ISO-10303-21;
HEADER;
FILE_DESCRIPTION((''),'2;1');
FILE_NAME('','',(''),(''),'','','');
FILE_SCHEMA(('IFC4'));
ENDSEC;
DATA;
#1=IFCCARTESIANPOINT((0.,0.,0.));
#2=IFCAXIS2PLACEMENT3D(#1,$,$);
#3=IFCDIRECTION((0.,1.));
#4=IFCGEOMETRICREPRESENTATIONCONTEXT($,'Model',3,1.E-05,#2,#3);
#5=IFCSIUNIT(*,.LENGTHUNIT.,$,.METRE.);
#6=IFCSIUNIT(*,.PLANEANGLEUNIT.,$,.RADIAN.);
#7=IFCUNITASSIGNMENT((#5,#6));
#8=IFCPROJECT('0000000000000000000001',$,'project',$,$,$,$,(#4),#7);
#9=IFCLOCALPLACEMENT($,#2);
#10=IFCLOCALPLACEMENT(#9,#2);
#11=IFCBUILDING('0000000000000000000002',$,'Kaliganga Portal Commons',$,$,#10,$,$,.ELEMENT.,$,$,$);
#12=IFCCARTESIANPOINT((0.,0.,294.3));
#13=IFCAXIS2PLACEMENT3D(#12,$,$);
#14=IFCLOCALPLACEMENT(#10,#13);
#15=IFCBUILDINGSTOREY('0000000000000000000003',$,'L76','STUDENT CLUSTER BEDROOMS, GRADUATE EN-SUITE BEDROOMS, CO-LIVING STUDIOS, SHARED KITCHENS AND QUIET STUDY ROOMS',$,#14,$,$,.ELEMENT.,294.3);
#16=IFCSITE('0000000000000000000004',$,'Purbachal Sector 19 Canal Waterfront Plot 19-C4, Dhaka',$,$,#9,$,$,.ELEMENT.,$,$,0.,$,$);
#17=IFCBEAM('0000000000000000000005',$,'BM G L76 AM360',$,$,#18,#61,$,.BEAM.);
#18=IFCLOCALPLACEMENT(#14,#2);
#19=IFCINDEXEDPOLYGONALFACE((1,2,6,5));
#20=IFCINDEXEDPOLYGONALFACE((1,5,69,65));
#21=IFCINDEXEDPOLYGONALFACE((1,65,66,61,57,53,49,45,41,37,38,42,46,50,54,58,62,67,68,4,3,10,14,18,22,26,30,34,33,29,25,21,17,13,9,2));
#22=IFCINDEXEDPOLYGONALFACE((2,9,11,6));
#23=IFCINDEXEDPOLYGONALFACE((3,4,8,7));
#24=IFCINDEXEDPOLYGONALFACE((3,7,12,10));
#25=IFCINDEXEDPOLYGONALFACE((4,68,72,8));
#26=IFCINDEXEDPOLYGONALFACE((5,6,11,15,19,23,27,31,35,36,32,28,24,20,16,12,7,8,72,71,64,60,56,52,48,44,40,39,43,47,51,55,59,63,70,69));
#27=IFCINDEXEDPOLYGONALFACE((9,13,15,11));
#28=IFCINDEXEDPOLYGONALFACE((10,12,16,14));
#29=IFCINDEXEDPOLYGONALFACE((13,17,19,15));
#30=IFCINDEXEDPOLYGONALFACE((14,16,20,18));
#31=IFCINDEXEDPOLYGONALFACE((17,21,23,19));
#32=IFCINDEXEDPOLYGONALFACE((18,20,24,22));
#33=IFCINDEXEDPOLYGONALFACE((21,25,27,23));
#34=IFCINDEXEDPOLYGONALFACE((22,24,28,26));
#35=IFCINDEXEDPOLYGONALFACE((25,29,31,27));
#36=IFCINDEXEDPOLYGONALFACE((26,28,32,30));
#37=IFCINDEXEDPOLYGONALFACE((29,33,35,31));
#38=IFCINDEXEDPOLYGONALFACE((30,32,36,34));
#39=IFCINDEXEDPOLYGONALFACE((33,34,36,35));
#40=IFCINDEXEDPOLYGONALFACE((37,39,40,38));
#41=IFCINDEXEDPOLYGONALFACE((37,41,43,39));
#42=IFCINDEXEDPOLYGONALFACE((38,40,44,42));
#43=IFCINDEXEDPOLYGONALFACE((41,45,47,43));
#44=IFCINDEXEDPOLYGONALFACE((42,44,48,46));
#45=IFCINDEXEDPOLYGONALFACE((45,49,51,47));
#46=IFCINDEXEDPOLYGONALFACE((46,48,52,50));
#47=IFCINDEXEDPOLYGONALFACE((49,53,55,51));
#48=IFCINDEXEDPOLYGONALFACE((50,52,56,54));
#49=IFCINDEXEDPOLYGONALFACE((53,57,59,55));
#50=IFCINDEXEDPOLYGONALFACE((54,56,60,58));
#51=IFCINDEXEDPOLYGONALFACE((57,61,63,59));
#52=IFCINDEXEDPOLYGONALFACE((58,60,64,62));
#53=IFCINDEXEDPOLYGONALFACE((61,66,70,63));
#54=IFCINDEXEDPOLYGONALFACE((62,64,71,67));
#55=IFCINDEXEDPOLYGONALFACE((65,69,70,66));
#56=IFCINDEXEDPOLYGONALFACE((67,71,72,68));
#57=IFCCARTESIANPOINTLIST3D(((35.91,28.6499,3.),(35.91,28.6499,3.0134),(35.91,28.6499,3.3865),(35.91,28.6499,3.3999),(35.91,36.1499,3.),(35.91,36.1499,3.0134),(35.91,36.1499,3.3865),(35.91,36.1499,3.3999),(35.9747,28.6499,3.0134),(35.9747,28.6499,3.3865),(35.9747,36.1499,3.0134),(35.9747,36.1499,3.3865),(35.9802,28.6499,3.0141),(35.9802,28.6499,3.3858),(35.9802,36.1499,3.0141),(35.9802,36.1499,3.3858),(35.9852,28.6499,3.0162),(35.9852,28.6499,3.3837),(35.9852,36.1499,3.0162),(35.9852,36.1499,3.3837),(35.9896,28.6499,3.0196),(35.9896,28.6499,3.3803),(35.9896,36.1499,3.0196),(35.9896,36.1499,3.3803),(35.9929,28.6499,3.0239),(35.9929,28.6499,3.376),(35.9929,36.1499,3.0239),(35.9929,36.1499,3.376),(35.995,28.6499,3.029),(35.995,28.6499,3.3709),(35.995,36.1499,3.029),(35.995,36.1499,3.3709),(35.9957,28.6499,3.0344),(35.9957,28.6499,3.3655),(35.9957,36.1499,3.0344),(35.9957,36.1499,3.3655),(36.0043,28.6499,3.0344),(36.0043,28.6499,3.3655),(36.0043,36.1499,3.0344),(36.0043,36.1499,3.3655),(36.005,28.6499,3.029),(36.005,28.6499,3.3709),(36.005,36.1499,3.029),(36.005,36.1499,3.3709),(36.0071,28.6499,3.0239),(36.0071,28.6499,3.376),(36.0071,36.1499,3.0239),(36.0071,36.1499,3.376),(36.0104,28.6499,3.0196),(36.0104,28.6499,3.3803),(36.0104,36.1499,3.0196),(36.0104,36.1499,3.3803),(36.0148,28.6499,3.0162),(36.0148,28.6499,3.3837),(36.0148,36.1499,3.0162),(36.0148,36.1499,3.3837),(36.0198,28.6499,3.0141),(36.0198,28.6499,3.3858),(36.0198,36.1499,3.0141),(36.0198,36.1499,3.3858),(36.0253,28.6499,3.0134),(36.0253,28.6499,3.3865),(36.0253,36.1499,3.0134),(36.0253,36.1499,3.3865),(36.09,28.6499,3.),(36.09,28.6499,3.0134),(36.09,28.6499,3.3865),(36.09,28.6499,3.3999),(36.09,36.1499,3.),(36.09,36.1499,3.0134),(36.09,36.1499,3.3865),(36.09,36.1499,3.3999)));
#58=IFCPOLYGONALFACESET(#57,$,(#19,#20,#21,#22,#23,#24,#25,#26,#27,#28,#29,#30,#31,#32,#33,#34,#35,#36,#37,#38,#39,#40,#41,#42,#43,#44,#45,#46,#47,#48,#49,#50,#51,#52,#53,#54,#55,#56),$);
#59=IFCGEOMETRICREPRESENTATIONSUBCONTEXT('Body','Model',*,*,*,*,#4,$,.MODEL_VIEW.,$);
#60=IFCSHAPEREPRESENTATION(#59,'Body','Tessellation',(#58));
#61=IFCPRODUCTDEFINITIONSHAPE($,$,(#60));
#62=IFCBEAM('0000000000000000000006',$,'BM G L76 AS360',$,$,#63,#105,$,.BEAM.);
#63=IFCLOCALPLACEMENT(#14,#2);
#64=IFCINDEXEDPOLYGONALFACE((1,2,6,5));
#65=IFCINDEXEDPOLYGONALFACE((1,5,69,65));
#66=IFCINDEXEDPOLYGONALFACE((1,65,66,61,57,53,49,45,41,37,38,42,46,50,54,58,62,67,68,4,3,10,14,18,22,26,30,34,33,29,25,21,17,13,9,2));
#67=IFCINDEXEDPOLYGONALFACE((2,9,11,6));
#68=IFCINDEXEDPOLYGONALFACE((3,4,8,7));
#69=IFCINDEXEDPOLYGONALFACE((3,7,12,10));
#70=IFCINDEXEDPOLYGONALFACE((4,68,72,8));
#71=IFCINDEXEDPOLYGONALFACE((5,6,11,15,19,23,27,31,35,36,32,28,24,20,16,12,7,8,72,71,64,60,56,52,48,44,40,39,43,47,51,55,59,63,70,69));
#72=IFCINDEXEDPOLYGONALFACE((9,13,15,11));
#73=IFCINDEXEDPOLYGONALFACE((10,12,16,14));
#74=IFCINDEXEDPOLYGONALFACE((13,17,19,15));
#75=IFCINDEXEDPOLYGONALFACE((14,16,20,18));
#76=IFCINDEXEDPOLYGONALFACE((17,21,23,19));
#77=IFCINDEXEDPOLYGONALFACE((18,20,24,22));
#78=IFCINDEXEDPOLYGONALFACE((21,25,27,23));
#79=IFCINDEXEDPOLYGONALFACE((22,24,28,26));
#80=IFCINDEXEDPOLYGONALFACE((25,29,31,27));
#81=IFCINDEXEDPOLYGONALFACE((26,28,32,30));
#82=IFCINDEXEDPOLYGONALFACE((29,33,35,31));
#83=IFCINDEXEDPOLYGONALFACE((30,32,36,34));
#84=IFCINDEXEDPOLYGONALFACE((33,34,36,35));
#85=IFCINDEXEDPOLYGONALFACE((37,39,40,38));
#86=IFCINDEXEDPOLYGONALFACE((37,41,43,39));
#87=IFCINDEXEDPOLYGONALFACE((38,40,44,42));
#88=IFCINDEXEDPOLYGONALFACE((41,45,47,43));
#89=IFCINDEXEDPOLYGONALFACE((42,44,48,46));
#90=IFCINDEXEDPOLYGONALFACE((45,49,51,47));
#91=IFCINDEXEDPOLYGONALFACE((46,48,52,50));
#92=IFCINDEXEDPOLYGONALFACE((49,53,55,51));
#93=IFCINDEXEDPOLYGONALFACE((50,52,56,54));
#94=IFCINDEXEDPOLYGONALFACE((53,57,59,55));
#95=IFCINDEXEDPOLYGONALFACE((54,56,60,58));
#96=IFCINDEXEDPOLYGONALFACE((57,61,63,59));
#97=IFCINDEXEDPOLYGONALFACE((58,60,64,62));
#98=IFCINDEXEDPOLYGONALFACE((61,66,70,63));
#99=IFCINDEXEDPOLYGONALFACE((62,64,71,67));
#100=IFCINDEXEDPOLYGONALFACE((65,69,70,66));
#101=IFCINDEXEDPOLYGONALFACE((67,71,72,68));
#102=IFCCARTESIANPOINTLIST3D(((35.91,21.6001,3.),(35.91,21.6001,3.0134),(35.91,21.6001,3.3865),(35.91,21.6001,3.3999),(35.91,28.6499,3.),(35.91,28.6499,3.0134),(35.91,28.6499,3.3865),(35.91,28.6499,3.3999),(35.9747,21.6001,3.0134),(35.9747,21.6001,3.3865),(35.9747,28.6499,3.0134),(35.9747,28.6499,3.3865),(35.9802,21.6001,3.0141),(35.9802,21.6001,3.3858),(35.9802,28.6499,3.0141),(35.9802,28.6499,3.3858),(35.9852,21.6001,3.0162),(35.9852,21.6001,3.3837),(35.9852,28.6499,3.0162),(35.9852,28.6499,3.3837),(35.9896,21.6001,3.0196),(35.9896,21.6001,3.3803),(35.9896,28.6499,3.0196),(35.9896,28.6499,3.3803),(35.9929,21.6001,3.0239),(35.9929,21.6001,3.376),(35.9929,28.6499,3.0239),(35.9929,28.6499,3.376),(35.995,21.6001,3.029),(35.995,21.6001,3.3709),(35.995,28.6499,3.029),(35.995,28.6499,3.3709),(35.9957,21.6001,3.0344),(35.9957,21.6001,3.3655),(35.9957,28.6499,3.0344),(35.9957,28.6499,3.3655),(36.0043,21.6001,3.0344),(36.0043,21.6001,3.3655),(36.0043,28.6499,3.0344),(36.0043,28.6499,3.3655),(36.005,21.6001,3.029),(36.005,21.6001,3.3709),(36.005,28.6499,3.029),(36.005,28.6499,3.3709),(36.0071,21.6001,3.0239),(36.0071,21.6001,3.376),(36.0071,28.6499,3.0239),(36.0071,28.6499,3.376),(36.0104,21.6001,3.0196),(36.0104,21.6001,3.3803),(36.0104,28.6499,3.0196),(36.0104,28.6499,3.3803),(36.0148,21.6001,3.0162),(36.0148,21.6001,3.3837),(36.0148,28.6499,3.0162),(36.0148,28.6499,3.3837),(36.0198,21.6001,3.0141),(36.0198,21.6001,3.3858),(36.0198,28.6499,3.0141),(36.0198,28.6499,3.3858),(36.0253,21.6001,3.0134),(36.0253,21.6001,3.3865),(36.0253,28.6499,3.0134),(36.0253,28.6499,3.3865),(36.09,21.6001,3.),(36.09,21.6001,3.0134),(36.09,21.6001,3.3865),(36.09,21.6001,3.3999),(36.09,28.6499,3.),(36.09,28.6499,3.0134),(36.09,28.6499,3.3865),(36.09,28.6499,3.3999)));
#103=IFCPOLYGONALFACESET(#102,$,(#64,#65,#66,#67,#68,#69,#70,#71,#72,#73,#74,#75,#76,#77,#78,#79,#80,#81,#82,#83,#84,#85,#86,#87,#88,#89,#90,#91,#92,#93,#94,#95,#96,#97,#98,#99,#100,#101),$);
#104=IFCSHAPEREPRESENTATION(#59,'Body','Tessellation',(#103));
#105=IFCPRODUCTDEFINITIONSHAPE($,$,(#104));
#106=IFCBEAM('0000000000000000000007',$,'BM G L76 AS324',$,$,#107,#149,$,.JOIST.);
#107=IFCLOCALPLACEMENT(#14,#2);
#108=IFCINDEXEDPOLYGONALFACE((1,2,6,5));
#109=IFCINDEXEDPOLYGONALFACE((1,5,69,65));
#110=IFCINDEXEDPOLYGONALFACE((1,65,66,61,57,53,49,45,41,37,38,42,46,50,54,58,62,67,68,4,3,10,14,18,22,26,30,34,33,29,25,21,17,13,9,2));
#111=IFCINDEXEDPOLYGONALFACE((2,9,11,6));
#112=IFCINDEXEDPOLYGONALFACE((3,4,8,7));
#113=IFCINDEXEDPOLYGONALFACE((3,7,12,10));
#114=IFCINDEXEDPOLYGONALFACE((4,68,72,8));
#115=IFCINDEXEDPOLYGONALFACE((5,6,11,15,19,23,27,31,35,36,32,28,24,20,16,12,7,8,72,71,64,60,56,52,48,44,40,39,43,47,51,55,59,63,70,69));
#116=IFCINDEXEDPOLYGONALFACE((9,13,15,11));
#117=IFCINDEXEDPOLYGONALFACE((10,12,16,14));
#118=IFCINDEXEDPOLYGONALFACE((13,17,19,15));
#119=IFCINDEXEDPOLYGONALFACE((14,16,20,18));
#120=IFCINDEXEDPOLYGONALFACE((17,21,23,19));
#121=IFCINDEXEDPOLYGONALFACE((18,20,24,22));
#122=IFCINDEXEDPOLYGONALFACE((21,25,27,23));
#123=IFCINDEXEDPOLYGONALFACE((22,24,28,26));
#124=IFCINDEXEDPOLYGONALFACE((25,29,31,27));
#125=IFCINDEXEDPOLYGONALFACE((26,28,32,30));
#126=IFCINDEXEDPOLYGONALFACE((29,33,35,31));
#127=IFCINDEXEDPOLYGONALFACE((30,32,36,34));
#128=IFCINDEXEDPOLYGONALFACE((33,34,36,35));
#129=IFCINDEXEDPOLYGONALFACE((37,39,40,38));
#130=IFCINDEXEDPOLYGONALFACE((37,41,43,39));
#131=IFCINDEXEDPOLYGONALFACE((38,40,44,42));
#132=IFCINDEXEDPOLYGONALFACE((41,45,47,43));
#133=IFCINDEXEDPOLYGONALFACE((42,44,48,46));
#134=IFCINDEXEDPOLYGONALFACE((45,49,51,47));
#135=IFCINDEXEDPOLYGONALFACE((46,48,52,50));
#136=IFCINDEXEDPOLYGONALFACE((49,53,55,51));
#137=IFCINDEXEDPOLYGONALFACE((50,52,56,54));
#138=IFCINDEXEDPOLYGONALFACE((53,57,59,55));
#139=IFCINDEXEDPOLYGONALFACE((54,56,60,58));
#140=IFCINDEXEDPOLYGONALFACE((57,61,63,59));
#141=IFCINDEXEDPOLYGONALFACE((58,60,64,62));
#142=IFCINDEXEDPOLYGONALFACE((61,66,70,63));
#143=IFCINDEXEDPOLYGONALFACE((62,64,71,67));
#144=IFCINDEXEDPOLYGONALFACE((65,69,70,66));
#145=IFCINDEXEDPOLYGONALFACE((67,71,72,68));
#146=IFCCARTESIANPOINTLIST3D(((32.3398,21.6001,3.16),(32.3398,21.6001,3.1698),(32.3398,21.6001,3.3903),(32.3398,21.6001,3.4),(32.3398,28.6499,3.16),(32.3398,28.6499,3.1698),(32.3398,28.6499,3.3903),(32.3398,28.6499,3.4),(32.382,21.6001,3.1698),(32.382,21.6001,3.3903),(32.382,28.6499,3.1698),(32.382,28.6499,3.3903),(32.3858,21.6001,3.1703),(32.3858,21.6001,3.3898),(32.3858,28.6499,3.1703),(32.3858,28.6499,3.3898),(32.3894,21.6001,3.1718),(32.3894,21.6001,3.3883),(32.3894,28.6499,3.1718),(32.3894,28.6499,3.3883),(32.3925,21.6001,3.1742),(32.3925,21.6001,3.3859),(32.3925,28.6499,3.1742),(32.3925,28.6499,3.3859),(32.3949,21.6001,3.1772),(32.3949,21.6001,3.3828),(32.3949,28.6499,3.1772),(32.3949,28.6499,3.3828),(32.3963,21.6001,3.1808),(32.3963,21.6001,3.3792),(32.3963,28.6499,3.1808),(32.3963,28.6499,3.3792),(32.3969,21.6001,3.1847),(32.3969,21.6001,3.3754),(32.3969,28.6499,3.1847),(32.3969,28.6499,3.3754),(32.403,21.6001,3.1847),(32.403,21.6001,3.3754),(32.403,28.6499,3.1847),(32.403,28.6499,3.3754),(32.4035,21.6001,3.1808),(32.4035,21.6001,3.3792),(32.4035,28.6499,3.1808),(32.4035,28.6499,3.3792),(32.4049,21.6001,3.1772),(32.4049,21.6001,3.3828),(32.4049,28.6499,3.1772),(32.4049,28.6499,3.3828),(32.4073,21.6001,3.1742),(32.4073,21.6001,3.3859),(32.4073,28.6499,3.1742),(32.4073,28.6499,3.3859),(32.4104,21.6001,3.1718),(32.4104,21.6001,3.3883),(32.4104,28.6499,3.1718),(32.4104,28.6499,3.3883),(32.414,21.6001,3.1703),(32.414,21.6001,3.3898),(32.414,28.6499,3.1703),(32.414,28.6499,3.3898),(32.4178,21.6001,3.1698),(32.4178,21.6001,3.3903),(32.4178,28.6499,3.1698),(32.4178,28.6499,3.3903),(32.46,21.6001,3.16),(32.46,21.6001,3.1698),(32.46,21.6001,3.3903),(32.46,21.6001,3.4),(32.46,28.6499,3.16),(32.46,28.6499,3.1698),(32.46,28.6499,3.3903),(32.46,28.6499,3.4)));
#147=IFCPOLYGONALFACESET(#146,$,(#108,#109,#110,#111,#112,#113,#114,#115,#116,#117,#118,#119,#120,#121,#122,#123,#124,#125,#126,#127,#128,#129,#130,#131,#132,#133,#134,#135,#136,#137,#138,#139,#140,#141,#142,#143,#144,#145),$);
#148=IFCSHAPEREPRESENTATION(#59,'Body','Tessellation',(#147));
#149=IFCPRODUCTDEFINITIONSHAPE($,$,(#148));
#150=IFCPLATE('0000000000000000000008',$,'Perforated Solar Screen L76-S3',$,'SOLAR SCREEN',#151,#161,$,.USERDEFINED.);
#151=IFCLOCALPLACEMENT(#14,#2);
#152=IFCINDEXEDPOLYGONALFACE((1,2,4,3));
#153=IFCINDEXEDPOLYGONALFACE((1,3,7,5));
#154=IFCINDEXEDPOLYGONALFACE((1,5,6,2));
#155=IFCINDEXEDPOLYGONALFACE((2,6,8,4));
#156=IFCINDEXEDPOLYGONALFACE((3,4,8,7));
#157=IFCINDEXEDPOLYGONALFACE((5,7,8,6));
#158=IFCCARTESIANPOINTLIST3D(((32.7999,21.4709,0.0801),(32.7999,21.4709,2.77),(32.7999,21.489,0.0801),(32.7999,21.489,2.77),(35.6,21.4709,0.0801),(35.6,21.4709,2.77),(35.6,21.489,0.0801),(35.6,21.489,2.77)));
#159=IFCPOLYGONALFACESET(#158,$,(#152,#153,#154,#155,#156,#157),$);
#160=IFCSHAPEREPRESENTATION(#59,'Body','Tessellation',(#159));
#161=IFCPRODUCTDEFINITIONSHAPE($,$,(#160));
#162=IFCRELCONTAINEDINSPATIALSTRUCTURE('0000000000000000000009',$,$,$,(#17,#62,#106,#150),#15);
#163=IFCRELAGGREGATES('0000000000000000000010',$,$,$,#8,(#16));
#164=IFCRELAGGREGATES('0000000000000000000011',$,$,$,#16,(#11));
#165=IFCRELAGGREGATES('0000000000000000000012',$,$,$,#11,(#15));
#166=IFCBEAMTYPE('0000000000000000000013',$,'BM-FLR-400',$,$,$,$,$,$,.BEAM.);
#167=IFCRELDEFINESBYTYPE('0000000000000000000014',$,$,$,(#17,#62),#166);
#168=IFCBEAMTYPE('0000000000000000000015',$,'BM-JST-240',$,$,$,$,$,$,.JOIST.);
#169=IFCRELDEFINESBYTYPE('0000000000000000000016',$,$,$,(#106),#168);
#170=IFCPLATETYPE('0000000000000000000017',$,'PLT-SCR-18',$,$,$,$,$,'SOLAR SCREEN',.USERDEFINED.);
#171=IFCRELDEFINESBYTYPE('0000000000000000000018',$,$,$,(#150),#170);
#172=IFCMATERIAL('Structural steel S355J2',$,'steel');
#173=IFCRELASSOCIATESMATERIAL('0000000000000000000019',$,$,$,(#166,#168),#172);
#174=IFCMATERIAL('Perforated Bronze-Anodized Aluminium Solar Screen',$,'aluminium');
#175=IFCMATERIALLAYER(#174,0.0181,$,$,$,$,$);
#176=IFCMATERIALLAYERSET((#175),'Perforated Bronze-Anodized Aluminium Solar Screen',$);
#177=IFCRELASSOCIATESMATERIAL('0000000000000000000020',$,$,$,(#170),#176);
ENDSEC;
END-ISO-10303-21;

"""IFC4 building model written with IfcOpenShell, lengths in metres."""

from ifc_helpers import new_model, si_unit, direction, frame, origin, origin_2d, place, context, subcontext, project, spatial, rectangle, i_section, extrude, source, transform, mapped, material, layer, layer_set, material_profile, profile_set, type_object, element, save


model = new_model("IFC4")

# Units and contexts
model_context = context("Model", 3, precision=1e-05, world=origin(), true_north=direction((0.0, 1.0)))
body_context = subcontext(model_context, "Body", "Model", "MODEL_VIEW")
ifc_project = project(units=[si_unit("LENGTHUNIT", "METRE"), si_unit("PLANEANGLEUNIT", "RADIAN")], contexts=[model_context])

# Site, building, storey
site_placement = place(None, origin())
site = spatial("IfcSite", under=ifc_project, at=site_placement, Name="Purbachal Sector 19 Canal Waterfront Plot 19-C4, Dhaka", CompositionType="ELEMENT", RefElevation=0.0)
building_placement = place(site_placement, origin())
building = spatial("IfcBuilding", under=site, at=building_placement, Name="Kaliganga Portal Commons", CompositionType="ELEMENT")
storey_placement = place(building_placement, frame((0.0, 0.0, 294.3)))
storey = spatial("IfcBuildingStorey", under=building, at=storey_placement, Name="L76", Description="STUDENT CLUSTER BEDROOMS, GRADUATE EN-SUITE BEDROOMS, CO-LIVING STUDIOS, SHARED KITCHENS AND QUIET STUDY ROOMS", CompositionType="ELEMENT", Elevation=294.3)

# Beams
ifc_material_1 = material(Name="Structural steel S355J2", Category="steel")
ifc_material_profile_1 = material_profile(ifc_material_1, i_section(OverallWidth=0.1799, OverallDepth=0.3999, WebThickness=0.0085, FlangeThickness=0.0134, FilletRadius=0.021, at=origin_2d()), Name="IPE 400")
ifc_profile_set_1 = profile_set([ifc_material_profile_1], Name="Structural steel S355J2 wide-flange")
beam_type_1 = type_object("IfcBeamType", Name="BM-FLR-400", PredefinedType="BEAM", material=ifc_profile_set_1)
shared_shape_1 = source(origin(), body_context, "Body", "SweptSolid", [
    extrude(i_section(OverallWidth=0.1799, OverallDepth=0.3999, WebThickness=0.0085, FlangeThickness=0.0134, FilletRadius=0.021, at=origin_2d()), origin(), (0.0, 0.0, 1.0), 7.5),
])
beam_1_placement = place(storey_placement, frame((36.0, 28.6499, 3.2), z_axis=(0.0, 1.0, 0.0), x_axis=(-1.0, 0.0, 0.0)))
element("IfcBeam", 1, at=beam_1_placement, inside=storey, type_object=beam_type_1, Name="BM G L76 AM360", PredefinedType="BEAM", context=body_context, shape_type="MappedRepresentation", body=[
    mapped(shared_shape_1, transform((0.0, 0.0, 0.0), x_axis=(1.0, 0.0, 0.0), y_axis=(0.0, 1.0, 0.0), z_axis=(0.0, 0.0, 1.0), scale=1.0)),
])
shared_shape_2 = source(origin(), body_context, "Body", "SweptSolid", [
    extrude(i_section(OverallWidth=0.1799, OverallDepth=0.3999, WebThickness=0.0085, FlangeThickness=0.0134, FilletRadius=0.021, at=origin_2d()), origin(), (0.0, 0.0, 1.0), 7.0498),
])
beam_2_placement = place(storey_placement, frame((36.0, 21.6001, 3.2), z_axis=(0.0, 1.0, 0.0), x_axis=(-1.0, 0.0, 0.0)))
element("IfcBeam", 2, at=beam_2_placement, inside=storey, type_object=beam_type_1, Name="BM G L76 AS360", PredefinedType="BEAM", context=body_context, shape_type="MappedRepresentation", body=[
    mapped(shared_shape_2, transform((0.0, 0.0, 0.0), x_axis=(1.0, 0.0, 0.0), y_axis=(0.0, 1.0, 0.0), z_axis=(0.0, 0.0, 1.0), scale=1.0)),
])
ifc_material_profile_2 = material_profile(ifc_material_1, i_section(OverallWidth=0.1201, OverallDepth=0.24, WebThickness=0.0061, FlangeThickness=0.0098, FilletRadius=0.0149, at=origin_2d()), Name="IPE 240")
ifc_profile_set_2 = profile_set([ifc_material_profile_2], Name="Structural steel S355J2 wide-flange")
beam_type_2 = type_object("IfcBeamType", Name="BM-JST-240", PredefinedType="JOIST", material=ifc_profile_set_2)
shared_shape_3 = source(origin(), body_context, "Body", "SweptSolid", [
    extrude(i_section(OverallWidth=0.1201, OverallDepth=0.24, WebThickness=0.0061, FlangeThickness=0.0098, FilletRadius=0.0149, at=origin_2d()), origin(), (0.0, 0.0, 1.0), 7.0498),
])
beam_3_placement = place(storey_placement, frame((32.3999, 21.6001, 3.28), z_axis=(0.0, 1.0, 0.0), x_axis=(-1.0, 0.0, 0.0)))
element("IfcBeam", 3, at=beam_3_placement, inside=storey, type_object=beam_type_2, Name="BM G L76 AS324", PredefinedType="JOIST", context=body_context, shape_type="MappedRepresentation", body=[
    mapped(shared_shape_3, transform((0.0, 0.0, 0.0), x_axis=(1.0, 0.0, 0.0), y_axis=(0.0, 1.0, 0.0), z_axis=(0.0, 0.0, 1.0), scale=1.0)),
])

# Plate
ifc_material_2 = material(Name="Perforated Bronze-Anodized Aluminium Solar Screen", Category="aluminium")
ifc_layer_1 = layer(ifc_material_2, 0.0181)
ifc_layer_set_1 = layer_set([ifc_layer_1], Name="Perforated Bronze-Anodized Aluminium Solar Screen")
plate_type = type_object("IfcPlateType", Name="PLT-SCR-18", ElementType="SOLAR SCREEN", PredefinedType="USERDEFINED", material=ifc_layer_set_1)
shared_shape_4 = source(origin(), body_context, "Body", "SweptSolid", [
    extrude(rectangle(XDim=2.8, YDim=0.0181, at=origin_2d()), origin(), (0.0, 0.0, 1.0), 2.6899),
])
plate_placement = place(storey_placement, frame((34.2, 21.48, 0.0801), z_axis=(0.0, 0.0, 1.0), x_axis=(1.0, 0.0, 0.0)))
element("IfcPlate", 4, at=plate_placement, inside=storey, type_object=plate_type, Name="Perforated Solar Screen L76-S3", ObjectType="SOLAR SCREEN", PredefinedType="USERDEFINED", context=body_context, shape_type="MappedRepresentation", body=[
    mapped(shared_shape_4, transform((0.0, 0.0, 0.0), x_axis=(1.0, 0.0, 0.0), y_axis=(0.0, 1.0, 0.0), z_axis=(0.0, 0.0, 1.0), scale=1.0)),
])

save(model, "model.ifc")
